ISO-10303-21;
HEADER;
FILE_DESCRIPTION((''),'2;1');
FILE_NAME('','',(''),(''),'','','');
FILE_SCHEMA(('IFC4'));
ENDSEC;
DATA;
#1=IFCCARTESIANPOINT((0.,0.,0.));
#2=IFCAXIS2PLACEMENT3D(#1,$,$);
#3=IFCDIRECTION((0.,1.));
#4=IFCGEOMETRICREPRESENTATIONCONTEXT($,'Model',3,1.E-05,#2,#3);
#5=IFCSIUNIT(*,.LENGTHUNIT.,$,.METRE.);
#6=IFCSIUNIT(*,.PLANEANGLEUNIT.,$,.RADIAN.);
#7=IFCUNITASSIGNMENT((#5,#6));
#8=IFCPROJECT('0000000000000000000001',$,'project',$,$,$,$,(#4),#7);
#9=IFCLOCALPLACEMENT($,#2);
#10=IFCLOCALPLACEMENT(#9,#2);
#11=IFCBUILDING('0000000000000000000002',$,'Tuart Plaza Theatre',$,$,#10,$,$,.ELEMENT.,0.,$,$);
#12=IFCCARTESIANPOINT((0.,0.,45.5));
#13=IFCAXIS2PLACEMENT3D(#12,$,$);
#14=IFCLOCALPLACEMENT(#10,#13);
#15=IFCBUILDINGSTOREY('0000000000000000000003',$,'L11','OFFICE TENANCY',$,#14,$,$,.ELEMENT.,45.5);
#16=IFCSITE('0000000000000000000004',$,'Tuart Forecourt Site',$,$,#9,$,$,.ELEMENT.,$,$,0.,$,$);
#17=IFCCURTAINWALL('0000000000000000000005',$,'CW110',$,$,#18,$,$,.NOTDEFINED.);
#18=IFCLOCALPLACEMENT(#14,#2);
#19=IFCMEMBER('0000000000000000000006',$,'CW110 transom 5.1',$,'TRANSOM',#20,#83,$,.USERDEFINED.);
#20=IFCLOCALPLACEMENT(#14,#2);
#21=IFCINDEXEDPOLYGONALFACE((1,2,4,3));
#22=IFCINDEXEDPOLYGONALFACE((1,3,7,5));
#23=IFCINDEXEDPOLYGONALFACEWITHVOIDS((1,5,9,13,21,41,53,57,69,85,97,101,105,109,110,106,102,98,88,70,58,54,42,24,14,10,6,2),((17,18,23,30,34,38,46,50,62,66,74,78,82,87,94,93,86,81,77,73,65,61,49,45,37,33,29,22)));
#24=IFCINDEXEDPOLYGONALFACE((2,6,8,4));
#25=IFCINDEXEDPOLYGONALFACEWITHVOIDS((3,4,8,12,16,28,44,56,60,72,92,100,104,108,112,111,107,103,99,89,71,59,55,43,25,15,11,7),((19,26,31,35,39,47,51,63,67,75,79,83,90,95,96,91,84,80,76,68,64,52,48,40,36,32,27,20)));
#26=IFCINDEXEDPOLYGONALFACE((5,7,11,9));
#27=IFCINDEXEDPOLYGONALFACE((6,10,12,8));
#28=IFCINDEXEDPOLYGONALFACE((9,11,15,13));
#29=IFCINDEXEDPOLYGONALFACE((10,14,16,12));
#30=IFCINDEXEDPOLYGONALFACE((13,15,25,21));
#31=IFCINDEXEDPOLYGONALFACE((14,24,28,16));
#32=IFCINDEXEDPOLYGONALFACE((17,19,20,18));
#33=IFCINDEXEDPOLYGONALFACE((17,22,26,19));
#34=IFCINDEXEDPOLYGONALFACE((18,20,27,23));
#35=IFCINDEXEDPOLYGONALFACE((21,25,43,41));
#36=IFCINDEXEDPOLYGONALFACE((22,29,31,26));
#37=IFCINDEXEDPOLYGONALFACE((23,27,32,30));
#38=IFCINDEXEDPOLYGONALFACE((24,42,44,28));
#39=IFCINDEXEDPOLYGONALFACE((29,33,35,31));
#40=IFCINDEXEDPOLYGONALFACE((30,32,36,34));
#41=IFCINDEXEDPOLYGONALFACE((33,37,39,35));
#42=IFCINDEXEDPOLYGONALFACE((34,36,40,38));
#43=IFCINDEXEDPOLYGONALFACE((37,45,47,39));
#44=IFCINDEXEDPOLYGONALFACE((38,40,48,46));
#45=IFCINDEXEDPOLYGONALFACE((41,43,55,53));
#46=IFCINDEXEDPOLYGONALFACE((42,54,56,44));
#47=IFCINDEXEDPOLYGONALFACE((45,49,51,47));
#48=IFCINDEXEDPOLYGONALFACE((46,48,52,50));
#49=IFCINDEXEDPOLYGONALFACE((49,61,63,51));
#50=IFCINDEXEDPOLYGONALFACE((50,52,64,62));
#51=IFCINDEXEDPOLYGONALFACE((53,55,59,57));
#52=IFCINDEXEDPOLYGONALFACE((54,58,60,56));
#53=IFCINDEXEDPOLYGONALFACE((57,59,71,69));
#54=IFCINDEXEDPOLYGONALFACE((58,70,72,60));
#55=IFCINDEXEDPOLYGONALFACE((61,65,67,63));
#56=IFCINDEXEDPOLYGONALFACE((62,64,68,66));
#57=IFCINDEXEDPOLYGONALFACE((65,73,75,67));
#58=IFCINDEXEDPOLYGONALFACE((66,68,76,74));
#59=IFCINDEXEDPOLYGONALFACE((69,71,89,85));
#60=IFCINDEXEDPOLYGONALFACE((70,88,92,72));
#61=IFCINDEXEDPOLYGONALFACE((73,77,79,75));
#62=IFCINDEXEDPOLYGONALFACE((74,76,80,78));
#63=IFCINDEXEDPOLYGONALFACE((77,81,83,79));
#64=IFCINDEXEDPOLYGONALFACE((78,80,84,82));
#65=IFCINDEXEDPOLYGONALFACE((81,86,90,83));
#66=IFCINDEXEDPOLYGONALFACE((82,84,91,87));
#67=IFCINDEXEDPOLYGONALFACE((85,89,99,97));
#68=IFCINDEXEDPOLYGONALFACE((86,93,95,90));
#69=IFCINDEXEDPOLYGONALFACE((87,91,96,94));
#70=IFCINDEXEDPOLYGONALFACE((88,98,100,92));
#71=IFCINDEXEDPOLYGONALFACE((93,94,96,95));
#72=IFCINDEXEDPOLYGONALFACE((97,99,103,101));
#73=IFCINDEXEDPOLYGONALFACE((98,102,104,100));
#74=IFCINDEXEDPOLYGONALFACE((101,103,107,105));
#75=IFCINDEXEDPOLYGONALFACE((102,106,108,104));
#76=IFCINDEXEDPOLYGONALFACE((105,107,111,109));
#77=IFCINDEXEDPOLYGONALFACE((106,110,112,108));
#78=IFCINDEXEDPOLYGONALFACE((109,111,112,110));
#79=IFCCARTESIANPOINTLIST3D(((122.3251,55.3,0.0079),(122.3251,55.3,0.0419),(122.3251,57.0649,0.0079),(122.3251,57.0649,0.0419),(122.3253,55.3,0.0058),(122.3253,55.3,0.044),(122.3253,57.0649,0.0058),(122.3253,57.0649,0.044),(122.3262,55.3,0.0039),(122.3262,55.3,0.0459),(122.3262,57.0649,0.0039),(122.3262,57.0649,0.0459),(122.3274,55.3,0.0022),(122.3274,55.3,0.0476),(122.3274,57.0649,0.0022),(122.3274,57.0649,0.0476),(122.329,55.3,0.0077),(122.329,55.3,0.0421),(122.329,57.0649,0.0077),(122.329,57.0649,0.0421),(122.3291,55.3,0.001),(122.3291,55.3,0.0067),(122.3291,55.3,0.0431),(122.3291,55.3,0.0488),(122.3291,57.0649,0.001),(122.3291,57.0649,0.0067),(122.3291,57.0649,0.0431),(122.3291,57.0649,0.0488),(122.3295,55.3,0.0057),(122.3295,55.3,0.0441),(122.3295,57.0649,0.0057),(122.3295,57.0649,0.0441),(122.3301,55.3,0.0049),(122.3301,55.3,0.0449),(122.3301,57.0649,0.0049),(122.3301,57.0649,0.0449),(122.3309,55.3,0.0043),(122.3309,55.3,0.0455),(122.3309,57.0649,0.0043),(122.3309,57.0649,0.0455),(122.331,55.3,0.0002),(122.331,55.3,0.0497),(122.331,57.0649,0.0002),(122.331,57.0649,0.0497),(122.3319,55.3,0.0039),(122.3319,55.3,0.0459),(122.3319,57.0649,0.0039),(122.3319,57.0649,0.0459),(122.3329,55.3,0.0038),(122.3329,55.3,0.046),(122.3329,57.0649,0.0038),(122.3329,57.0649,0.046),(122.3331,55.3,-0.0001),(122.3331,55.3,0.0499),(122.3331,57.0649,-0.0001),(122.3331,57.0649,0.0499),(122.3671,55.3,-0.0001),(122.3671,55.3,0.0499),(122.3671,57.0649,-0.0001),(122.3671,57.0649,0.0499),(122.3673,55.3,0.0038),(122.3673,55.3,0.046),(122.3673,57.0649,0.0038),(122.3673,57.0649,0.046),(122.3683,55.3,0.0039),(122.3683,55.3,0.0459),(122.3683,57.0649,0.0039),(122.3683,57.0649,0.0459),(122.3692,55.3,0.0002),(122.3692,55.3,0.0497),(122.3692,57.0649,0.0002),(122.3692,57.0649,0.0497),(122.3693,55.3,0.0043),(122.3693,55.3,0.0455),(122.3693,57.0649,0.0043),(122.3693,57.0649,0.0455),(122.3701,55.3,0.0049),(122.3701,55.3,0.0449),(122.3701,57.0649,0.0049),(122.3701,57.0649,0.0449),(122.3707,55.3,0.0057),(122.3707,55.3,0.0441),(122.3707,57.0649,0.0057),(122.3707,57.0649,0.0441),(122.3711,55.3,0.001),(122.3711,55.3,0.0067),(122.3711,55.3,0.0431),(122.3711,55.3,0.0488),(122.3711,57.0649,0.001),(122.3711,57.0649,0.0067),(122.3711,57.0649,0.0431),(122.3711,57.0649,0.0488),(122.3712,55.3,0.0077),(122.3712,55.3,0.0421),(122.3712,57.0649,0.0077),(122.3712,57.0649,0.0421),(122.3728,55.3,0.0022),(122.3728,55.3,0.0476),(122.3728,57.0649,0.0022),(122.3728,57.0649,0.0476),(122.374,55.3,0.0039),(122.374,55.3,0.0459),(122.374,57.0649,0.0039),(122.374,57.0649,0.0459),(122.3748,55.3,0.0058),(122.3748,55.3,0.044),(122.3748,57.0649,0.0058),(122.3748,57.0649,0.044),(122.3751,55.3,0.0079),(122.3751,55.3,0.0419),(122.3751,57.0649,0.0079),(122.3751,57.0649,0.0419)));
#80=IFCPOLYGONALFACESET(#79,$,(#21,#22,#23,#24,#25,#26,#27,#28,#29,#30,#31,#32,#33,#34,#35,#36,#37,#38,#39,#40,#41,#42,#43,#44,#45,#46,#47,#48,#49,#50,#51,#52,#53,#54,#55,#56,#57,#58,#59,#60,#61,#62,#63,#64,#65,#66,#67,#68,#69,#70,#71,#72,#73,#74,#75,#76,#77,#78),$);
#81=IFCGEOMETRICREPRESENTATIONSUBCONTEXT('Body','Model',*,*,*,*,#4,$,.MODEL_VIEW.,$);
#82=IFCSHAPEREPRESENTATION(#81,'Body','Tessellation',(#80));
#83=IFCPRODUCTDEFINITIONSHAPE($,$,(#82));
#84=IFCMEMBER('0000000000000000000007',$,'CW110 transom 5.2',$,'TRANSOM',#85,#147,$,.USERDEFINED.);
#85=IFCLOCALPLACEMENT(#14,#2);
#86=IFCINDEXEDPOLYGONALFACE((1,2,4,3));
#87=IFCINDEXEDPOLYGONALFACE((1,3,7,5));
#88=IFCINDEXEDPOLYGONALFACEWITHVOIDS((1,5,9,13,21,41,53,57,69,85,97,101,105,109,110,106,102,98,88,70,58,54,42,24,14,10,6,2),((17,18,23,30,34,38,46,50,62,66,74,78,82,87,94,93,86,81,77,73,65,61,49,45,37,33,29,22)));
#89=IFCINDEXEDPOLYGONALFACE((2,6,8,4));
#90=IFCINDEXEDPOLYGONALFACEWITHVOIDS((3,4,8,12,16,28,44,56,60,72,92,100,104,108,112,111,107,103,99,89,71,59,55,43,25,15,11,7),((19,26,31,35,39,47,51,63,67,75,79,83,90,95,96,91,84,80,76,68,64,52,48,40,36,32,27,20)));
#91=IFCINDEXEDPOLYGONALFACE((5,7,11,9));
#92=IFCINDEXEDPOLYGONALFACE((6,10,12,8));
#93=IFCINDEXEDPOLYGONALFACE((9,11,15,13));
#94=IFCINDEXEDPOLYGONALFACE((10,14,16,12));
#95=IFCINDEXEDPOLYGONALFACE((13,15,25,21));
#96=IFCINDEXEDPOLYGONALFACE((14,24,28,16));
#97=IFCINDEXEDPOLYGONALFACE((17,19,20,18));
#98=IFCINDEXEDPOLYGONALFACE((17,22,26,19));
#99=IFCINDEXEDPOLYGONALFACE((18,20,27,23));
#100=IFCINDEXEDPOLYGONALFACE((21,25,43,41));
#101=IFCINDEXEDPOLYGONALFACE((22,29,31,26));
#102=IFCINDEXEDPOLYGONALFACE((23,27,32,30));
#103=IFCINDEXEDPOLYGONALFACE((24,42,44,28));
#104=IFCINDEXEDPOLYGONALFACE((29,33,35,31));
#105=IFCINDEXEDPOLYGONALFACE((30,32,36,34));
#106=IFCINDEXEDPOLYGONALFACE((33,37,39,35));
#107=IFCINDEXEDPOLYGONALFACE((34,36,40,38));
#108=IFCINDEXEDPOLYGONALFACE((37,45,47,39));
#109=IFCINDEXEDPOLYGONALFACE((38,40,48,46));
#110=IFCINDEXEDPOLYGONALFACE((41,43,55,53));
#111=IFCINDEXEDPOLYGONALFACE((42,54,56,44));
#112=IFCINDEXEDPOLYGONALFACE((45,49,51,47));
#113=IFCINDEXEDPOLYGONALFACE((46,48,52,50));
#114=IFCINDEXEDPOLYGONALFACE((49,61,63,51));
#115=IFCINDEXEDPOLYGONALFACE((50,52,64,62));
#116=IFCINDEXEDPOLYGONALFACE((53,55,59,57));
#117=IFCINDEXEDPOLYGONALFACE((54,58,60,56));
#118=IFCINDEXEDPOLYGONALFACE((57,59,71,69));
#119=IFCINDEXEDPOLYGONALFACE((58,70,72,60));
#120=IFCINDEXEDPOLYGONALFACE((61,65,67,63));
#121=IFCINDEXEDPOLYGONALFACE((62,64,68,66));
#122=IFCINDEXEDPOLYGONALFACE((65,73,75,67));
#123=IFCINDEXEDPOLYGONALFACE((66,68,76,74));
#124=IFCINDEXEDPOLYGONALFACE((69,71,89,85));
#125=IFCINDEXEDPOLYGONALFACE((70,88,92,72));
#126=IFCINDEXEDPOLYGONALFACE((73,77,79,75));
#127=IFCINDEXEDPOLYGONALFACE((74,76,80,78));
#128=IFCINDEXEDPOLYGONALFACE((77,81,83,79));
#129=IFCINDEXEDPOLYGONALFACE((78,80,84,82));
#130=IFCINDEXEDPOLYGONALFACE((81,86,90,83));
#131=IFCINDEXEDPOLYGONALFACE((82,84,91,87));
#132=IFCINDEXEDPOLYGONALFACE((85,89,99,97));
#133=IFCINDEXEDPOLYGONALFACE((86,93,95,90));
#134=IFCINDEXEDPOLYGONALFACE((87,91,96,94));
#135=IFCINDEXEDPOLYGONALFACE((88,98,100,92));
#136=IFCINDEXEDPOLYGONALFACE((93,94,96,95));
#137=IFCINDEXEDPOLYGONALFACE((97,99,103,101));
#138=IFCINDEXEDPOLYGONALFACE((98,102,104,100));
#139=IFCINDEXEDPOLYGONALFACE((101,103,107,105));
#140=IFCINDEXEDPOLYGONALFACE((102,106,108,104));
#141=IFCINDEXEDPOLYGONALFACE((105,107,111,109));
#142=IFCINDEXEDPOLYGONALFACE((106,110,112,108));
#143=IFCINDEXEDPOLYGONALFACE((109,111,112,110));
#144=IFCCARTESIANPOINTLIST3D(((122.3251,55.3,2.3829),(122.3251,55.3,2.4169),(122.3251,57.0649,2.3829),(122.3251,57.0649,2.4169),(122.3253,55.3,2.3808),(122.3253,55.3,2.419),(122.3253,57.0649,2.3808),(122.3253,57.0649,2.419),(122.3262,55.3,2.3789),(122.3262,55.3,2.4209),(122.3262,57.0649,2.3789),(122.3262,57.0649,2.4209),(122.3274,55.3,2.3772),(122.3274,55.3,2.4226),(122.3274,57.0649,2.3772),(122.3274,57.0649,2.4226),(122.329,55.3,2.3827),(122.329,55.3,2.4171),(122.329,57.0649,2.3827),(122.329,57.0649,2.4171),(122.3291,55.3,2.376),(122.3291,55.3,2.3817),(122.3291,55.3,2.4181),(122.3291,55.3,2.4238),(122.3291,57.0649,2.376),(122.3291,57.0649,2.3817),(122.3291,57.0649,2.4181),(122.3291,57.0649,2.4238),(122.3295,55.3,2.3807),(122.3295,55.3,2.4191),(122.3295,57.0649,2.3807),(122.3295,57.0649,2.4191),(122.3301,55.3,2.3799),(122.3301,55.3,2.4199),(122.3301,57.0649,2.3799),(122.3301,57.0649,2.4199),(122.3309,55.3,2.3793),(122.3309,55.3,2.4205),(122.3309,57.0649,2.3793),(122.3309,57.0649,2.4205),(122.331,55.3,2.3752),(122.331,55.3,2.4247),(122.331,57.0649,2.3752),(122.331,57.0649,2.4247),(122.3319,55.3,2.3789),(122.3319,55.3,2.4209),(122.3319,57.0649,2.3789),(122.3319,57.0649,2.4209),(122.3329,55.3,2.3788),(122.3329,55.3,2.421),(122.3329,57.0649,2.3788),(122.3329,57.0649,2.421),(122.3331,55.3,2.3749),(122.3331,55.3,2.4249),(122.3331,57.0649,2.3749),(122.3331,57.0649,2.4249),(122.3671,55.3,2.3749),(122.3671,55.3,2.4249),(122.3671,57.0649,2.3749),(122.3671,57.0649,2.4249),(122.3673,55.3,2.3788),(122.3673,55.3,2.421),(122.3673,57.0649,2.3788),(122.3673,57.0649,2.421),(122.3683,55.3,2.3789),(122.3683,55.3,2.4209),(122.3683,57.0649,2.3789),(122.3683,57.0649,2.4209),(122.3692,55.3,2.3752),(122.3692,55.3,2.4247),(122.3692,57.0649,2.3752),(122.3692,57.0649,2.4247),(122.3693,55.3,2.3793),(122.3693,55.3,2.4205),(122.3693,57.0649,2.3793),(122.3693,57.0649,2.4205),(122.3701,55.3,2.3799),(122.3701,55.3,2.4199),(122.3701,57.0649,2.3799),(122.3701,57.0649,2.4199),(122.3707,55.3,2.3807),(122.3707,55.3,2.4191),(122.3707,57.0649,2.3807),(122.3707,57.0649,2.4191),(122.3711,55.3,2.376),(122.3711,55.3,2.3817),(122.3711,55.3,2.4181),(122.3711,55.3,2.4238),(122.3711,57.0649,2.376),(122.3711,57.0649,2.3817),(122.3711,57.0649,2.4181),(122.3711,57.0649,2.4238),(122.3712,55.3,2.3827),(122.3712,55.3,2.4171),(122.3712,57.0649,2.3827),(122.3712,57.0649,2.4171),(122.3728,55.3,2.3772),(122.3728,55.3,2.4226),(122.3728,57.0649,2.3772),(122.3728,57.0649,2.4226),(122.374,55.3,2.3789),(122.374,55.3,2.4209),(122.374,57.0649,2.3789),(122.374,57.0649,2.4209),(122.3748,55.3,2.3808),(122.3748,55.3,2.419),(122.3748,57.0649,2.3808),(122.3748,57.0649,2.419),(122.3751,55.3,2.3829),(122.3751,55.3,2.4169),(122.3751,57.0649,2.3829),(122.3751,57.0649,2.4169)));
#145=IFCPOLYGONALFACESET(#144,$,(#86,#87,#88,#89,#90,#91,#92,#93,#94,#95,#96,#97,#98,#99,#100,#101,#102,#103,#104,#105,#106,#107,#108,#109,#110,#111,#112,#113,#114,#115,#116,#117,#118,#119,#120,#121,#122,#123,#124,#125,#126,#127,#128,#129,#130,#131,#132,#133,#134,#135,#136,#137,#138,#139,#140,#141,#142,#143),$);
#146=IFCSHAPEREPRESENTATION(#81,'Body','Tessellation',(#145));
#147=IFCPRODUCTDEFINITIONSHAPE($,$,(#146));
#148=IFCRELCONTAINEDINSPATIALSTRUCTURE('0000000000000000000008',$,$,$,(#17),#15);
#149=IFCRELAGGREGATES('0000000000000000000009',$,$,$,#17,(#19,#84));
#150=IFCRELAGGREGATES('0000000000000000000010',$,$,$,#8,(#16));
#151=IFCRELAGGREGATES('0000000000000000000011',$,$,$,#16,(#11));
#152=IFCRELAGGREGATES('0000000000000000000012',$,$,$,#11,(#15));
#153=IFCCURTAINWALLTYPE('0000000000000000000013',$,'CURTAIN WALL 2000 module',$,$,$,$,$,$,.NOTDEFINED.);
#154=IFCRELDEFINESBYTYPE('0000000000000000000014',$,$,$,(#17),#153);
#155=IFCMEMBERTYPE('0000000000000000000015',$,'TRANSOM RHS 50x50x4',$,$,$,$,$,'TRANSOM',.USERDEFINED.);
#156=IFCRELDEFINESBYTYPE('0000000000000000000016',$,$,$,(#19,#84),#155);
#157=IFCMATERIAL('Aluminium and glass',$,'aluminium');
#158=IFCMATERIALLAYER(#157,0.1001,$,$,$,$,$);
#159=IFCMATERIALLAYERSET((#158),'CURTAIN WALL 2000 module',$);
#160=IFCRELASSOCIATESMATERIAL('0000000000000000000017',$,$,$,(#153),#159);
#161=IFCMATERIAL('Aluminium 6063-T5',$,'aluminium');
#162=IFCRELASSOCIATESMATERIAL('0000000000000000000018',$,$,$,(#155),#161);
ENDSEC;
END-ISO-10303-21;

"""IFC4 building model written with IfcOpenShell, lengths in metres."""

from ifc_helpers import new_model, si_unit, direction, frame, origin, origin_2d, place, context, subcontext, project, spatial, hollow_rectangle, extrude, material, layer, layer_set, material_profile, profile_set, type_object, element, aggregate, save


model = new_model("IFC4")

# Units and contexts
model_context = context("Model", 3, precision=1e-05, world=origin(), true_north=direction((0.0, 1.0)))
body_context = subcontext(model_context, "Body", "Model", "MODEL_VIEW")
ifc_project = project(units=[si_unit("LENGTHUNIT", "METRE"), si_unit("PLANEANGLEUNIT", "RADIAN")], contexts=[model_context])

# Site, building, storey
site_placement = place(None, origin())
site = spatial("IfcSite", under=ifc_project, at=site_placement, Name="Tuart Forecourt Site", CompositionType="ELEMENT", RefElevation=0.0)
building_placement = place(site_placement, origin())
building = spatial("IfcBuilding", under=site, at=building_placement, Name="Tuart Plaza Theatre", CompositionType="ELEMENT", ElevationOfRefHeight=0.0)
storey_placement = place(building_placement, frame((0.0, 0.0, 45.5)))
storey = spatial("IfcBuildingStorey", under=building, at=storey_placement, Name="L11", Description="OFFICE TENANCY", CompositionType="ELEMENT", Elevation=45.5)

# Curtain wall, members
ifc_material_1 = material(Name="Aluminium and glass", Category="aluminium")
ifc_layer_1 = layer(ifc_material_1, 0.1001)
ifc_layer_set_1 = layer_set([ifc_layer_1], Name="CURTAIN WALL 2000 module")
curtain_wall_type = type_object("IfcCurtainWallType", Name="CURTAIN WALL 2000 module", PredefinedType="NOTDEFINED", material=ifc_layer_set_1)
curtain_wall_placement = place(storey_placement, origin())
curtain_wall = element("IfcCurtainWall", 1, at=curtain_wall_placement, inside=storey, type_object=curtain_wall_type, Name="CW110", PredefinedType="NOTDEFINED")
ifc_material_2 = material(Name="Aluminium 6063-T5", Category="aluminium")
ifc_material_profile_1 = material_profile(ifc_material_2, hollow_rectangle(XDim=0.05, YDim=0.05, WallThickness=0.0039, InnerFilletRadius=0.0039, OuterFilletRadius=0.0081, at=origin_2d()), Name="RHS 50x50x4")
ifc_profile_set_1 = profile_set([ifc_material_profile_1], Name="Aluminium 6063-T5")
member_type_1 = type_object("IfcMemberType", Name="TRANSOM RHS 50x50x4", ElementType="TRANSOM", PredefinedType="USERDEFINED", material=ifc_profile_set_1)
member_1_placement = place(storey_placement, frame((122.3501, 57.0649, 0.0249), z_axis=(0.0, -1.0, 0.0), x_axis=(1.0, 0.0, 0.0)))
member_1 = element("IfcMember", 2, at=member_1_placement, type_object=member_type_1, Name="CW110 transom 5.1", ObjectType="TRANSOM", PredefinedType="USERDEFINED", context=body_context, shape_type="SweptSolid", body=[
    extrude(hollow_rectangle(XDim=0.05, YDim=0.05, WallThickness=0.0039, InnerFilletRadius=0.0039, OuterFilletRadius=0.0081, at=origin_2d()), origin(), (0.0, 0.0, 1.0), 1.7649),
])
member_2_placement = place(storey_placement, frame((122.3501, 57.0649, 2.3999), z_axis=(0.0, -1.0, 0.0), x_axis=(1.0, 0.0, 0.0)))
member_2 = element("IfcMember", 3, at=member_2_placement, type_object=member_type_1, Name="CW110 transom 5.2", ObjectType="TRANSOM", PredefinedType="USERDEFINED", context=body_context, shape_type="SweptSolid", body=[
    extrude(hollow_rectangle(XDim=0.05, YDim=0.05, WallThickness=0.0039, InnerFilletRadius=0.0039, OuterFilletRadius=0.0081, at=origin_2d()), origin(), (0.0, 0.0, 1.0), 1.7649),
])
aggregate(curtain_wall, [member_1, member_2])

save(model, "model.ifc")
